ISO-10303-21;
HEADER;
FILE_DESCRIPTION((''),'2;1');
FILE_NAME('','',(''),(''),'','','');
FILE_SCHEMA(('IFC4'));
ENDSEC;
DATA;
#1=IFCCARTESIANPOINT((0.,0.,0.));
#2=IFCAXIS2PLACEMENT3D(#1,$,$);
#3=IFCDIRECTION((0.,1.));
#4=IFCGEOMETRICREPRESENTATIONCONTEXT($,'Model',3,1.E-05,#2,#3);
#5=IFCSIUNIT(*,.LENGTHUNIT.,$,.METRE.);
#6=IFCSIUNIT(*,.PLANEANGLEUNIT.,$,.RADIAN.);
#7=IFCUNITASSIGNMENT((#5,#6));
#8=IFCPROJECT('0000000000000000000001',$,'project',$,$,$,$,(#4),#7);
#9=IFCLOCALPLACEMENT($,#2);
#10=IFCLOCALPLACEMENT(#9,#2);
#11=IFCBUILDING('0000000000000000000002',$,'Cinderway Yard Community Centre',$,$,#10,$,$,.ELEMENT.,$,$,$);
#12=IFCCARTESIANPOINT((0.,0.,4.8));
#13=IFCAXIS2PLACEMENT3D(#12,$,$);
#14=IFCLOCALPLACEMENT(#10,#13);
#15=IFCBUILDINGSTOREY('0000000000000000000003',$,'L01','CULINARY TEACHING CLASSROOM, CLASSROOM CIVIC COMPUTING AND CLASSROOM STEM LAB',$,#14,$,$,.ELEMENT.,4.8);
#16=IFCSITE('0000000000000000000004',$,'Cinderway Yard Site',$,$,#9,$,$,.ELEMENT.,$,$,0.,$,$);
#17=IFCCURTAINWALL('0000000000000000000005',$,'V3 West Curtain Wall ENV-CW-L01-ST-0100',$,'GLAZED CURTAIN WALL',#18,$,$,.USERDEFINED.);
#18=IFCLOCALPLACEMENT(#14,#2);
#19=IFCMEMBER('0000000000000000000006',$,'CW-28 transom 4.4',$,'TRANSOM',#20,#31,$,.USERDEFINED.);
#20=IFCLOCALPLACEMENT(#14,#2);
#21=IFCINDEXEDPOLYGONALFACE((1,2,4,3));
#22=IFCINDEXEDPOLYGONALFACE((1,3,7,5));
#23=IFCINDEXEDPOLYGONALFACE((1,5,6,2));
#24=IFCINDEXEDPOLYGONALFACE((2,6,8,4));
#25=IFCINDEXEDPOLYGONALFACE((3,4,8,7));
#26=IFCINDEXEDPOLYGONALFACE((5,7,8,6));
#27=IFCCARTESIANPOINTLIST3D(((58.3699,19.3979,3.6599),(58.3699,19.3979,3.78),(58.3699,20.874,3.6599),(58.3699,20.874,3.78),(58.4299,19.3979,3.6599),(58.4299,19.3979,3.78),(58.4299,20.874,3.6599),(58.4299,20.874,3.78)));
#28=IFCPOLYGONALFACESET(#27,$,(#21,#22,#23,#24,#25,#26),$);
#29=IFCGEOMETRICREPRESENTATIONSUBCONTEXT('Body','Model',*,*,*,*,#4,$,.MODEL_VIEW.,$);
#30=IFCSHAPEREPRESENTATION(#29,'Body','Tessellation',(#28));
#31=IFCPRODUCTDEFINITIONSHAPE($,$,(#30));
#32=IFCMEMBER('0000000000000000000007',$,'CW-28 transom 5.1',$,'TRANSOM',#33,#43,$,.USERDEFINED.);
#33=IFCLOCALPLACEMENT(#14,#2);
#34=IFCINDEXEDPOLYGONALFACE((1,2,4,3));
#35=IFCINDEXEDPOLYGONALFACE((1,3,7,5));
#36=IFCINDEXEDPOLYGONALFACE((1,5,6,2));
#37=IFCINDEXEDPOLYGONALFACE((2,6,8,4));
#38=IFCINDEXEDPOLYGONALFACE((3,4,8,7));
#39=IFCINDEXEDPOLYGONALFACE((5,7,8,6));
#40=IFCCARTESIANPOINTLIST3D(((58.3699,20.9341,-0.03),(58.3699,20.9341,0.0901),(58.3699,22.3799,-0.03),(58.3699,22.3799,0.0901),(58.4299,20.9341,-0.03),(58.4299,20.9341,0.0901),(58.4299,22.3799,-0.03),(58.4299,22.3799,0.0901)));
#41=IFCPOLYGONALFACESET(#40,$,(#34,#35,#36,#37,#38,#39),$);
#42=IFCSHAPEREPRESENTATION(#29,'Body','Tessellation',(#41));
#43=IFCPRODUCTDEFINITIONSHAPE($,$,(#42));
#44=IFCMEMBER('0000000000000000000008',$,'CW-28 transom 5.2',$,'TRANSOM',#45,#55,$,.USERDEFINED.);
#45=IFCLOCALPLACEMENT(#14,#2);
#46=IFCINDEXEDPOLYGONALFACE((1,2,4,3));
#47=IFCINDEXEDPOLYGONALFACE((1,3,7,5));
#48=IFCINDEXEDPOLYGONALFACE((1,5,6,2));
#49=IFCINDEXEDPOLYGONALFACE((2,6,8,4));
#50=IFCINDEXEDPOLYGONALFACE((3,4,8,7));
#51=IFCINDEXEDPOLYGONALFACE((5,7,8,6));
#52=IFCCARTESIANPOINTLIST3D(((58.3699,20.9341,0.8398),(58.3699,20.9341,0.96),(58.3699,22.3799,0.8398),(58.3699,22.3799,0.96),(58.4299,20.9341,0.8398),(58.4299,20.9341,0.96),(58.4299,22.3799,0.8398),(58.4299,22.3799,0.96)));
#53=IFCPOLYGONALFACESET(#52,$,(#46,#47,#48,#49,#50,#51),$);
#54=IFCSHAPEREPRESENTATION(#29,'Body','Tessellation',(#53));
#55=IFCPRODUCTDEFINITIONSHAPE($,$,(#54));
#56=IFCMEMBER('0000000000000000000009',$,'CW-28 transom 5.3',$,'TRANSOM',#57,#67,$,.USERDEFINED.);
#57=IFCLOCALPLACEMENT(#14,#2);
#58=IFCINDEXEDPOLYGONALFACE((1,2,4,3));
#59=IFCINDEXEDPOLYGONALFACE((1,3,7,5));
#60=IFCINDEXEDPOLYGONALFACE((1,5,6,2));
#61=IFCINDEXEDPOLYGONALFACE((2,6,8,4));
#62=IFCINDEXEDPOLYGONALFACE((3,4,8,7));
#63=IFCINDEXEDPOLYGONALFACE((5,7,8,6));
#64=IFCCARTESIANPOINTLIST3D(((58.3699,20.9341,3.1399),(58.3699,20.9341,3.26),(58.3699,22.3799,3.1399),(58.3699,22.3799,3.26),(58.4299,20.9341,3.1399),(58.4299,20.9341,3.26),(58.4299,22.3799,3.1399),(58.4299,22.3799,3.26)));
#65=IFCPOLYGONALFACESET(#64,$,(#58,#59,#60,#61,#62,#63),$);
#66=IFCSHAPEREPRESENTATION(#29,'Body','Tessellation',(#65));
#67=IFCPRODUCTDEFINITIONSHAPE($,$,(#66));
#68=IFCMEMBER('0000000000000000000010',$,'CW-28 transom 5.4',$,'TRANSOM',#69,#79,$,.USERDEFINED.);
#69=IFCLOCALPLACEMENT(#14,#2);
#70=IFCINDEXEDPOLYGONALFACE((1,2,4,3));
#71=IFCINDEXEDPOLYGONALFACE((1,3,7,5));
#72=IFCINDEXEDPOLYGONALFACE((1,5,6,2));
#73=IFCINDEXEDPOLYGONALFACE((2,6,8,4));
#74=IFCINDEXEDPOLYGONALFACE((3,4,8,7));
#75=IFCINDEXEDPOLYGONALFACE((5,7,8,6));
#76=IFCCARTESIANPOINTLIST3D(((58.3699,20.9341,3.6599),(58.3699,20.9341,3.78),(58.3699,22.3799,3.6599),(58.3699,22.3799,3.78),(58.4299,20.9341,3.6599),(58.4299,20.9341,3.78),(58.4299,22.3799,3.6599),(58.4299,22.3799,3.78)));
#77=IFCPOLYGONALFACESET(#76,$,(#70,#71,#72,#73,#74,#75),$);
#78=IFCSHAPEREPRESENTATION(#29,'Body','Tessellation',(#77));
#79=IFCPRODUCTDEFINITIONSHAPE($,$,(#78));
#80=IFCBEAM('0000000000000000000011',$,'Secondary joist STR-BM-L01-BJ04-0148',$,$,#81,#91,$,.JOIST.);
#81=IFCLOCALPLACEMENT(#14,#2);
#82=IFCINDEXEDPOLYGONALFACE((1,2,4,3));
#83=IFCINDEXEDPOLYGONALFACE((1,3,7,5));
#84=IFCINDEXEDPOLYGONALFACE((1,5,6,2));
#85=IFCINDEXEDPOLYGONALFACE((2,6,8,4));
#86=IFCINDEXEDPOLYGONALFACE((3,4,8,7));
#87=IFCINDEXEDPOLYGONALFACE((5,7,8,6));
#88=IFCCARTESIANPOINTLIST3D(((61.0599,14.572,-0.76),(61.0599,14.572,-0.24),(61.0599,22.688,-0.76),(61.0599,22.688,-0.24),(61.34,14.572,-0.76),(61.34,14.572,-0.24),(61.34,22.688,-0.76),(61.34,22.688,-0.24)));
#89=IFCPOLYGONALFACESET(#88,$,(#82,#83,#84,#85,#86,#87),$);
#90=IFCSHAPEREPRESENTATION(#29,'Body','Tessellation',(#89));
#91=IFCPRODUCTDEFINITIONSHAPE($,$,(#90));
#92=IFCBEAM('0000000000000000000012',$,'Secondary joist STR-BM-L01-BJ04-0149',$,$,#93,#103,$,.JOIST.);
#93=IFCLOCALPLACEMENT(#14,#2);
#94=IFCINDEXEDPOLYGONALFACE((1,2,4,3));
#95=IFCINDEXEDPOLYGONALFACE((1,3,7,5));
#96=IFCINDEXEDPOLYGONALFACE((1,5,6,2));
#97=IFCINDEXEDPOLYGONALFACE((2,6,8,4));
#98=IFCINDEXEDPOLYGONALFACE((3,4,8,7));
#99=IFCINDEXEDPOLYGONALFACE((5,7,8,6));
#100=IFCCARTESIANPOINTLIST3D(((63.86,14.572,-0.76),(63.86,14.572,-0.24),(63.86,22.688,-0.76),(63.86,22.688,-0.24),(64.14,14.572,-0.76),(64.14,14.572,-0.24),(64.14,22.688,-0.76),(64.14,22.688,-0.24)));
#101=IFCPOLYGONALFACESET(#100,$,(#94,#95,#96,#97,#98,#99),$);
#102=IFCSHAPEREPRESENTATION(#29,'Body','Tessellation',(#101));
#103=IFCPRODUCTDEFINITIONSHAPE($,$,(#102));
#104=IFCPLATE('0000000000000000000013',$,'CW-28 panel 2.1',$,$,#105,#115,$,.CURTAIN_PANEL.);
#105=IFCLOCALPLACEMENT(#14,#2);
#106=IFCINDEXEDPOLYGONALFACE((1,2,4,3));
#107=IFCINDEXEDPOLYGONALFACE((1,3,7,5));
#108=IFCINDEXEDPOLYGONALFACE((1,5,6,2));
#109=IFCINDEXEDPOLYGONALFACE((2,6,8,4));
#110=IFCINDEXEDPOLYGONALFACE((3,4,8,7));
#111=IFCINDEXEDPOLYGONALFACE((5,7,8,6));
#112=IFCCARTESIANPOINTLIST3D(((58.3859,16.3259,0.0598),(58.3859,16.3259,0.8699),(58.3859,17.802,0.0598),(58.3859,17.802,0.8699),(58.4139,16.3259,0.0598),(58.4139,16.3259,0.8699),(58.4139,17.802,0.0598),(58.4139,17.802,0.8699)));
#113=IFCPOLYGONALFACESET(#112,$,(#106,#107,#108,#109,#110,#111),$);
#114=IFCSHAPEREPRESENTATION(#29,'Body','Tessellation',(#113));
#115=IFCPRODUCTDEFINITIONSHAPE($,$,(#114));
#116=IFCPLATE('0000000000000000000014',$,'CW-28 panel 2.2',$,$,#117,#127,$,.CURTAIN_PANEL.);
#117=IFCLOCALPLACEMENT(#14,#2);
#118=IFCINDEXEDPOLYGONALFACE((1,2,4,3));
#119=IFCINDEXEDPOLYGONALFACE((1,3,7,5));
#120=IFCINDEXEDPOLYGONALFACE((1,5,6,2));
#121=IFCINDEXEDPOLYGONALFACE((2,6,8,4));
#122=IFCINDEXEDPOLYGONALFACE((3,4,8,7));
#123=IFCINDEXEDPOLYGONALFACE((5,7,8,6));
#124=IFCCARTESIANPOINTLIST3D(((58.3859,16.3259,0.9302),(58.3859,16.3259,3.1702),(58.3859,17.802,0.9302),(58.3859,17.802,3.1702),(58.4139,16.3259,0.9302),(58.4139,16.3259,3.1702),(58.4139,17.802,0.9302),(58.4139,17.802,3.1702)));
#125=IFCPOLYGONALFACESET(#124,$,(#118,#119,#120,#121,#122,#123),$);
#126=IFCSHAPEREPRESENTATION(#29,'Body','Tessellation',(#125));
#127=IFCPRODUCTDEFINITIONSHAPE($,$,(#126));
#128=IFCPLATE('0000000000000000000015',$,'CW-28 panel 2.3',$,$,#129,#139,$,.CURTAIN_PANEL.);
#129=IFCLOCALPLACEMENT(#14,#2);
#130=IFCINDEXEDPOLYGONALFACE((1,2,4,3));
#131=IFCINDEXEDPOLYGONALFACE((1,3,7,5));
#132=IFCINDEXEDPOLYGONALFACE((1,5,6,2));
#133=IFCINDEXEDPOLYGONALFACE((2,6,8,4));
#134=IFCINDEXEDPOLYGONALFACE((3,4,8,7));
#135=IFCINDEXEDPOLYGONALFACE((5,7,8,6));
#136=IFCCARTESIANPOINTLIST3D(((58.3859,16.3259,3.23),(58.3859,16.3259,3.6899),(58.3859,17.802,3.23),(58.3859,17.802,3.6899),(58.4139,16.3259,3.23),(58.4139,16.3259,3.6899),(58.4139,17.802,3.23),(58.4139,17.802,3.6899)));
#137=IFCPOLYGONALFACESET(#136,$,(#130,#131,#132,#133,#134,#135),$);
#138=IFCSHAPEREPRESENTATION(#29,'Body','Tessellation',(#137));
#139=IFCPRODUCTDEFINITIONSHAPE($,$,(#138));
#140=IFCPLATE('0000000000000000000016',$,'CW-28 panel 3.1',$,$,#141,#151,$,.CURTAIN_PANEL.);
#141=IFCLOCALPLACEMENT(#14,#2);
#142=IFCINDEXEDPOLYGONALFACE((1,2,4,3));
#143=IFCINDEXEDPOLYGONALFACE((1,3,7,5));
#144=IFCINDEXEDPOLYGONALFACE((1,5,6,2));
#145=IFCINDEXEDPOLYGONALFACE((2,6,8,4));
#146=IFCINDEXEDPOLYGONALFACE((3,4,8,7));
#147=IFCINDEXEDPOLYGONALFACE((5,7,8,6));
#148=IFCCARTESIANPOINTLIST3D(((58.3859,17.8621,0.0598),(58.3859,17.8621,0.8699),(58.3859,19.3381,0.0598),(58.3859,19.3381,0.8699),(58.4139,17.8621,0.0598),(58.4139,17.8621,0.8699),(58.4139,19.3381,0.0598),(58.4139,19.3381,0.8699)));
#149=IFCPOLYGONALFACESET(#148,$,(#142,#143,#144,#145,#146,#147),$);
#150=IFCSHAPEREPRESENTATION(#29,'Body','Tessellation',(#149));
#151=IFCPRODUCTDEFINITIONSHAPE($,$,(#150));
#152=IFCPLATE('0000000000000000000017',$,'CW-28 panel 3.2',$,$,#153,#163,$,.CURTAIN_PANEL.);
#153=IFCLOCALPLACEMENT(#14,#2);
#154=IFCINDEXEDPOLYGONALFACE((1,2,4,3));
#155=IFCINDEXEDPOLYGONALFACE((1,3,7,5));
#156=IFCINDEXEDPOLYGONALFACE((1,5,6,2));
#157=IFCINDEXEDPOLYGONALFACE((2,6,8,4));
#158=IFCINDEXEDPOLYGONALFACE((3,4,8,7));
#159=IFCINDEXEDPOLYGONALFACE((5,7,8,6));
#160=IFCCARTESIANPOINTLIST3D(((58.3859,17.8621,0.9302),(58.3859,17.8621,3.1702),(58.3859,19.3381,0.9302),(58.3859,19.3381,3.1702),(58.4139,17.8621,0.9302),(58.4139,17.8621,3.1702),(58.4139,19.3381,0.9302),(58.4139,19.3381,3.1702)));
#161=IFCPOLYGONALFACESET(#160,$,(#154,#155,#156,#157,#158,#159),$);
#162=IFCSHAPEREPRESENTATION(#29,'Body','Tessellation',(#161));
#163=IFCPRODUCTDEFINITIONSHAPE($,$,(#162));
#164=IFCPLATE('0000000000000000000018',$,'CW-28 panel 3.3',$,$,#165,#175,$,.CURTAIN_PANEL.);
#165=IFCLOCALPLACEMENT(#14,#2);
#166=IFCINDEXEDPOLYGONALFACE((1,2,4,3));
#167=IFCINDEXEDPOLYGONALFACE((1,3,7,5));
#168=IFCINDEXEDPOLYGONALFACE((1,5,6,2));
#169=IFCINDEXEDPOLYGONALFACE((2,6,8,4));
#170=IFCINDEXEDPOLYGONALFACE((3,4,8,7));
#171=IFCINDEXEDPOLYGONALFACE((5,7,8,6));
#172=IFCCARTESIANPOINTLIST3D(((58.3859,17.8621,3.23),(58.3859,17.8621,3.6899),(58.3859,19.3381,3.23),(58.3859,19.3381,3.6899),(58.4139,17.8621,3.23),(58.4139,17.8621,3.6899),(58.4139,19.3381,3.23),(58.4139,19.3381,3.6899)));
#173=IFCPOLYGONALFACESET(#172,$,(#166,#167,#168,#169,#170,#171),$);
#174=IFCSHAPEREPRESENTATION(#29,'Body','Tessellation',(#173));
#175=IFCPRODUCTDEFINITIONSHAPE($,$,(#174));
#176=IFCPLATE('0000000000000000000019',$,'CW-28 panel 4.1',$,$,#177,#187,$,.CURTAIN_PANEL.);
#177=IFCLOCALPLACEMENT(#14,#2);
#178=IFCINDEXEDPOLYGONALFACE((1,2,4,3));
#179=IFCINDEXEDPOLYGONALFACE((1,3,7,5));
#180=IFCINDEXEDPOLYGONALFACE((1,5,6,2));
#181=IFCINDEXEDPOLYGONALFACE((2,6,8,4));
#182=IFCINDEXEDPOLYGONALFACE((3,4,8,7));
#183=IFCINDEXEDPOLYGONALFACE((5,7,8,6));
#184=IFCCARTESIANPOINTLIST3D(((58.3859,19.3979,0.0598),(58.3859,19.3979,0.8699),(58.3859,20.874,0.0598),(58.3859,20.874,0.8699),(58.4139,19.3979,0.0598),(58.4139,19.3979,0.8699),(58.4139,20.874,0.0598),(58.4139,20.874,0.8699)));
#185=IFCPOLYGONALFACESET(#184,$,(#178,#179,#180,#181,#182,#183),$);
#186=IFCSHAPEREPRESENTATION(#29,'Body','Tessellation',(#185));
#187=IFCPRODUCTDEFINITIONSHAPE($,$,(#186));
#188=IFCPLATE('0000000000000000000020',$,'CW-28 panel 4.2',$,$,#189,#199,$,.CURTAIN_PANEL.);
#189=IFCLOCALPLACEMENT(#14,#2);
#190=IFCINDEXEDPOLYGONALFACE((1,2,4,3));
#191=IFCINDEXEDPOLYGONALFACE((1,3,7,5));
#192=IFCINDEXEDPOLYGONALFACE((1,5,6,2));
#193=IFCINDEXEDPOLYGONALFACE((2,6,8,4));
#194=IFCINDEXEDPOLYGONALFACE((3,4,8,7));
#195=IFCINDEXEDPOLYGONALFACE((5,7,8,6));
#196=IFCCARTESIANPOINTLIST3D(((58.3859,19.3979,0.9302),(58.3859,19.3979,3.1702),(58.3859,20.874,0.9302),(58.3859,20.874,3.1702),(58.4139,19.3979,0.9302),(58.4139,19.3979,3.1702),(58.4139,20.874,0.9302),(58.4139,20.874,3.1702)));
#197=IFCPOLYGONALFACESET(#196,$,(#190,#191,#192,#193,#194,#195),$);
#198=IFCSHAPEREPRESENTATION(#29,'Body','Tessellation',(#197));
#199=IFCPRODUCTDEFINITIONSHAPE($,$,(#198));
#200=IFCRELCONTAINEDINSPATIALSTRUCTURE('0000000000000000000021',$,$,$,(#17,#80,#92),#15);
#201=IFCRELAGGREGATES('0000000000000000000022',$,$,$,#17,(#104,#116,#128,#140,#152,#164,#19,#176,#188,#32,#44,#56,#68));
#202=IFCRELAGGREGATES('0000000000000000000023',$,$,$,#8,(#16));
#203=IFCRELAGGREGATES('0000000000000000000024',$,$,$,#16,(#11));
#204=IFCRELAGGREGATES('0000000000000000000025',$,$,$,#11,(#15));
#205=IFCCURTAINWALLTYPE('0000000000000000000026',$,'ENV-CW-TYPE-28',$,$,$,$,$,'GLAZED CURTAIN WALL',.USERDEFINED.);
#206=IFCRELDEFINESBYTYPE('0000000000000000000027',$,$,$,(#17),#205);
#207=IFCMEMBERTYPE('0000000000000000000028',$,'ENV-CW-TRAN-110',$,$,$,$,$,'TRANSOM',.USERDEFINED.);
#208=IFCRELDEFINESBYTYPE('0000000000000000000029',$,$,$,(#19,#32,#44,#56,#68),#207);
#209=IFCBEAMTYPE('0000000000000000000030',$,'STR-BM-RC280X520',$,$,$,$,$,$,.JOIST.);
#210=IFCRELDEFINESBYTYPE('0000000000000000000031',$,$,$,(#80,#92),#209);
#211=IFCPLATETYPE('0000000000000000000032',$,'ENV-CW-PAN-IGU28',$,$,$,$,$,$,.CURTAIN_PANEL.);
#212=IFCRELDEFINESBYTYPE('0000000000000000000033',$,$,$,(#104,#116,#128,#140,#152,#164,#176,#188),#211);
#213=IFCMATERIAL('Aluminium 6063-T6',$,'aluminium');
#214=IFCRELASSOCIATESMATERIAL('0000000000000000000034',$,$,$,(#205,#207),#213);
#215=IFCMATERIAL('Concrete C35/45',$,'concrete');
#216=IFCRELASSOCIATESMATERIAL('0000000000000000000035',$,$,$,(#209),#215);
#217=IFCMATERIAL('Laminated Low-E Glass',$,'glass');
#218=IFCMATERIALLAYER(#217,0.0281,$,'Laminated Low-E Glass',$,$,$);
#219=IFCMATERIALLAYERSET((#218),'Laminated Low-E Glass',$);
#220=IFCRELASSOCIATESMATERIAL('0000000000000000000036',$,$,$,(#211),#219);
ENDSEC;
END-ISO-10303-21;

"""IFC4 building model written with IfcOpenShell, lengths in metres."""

from ifc_helpers import new_model, si_unit, direction, frame, origin, origin_2d, place, context, subcontext, project, spatial, rectangle, extrude, material, layer, layer_set, material_profile, profile_set, type_object, element, aggregate, save


model = new_model("IFC4")

# Units and contexts
model_context = context("Model", 3, precision=1e-05, world=origin(), true_north=direction((0.0, 1.0)))
body_context = subcontext(model_context, "Body", "Model", "MODEL_VIEW")
ifc_project = project(units=[si_unit("LENGTHUNIT", "METRE"), si_unit("PLANEANGLEUNIT", "RADIAN")], contexts=[model_context])

# Site, building, storey
site_placement = place(None, origin())
site = spatial("IfcSite", under=ifc_project, at=site_placement, Name="Cinderway Yard Site", CompositionType="ELEMENT", RefElevation=0.0)
building_placement = place(site_placement, origin())
building = spatial("IfcBuilding", under=site, at=building_placement, Name="Cinderway Yard Community Centre", CompositionType="ELEMENT")
storey_placement = place(building_placement, frame((0.0, 0.0, 4.8)))
storey = spatial("IfcBuildingStorey", under=building, at=storey_placement, Name="L01", Description="CULINARY TEACHING CLASSROOM, CLASSROOM CIVIC COMPUTING AND CLASSROOM STEM LAB", CompositionType="ELEMENT", Elevation=4.8)

# Curtain wall, members
ifc_material_1 = material(Name="Aluminium 6063-T6", Category="aluminium")
curtain_wall_type = type_object("IfcCurtainWallType", Name="ENV-CW-TYPE-28", ElementType="GLAZED CURTAIN WALL", PredefinedType="USERDEFINED", material=ifc_material_1)
curtain_wall_placement = place(storey_placement, origin())
curtain_wall = element("IfcCurtainWall", 1, at=curtain_wall_placement, inside=storey, type_object=curtain_wall_type, Name="V3 West Curtain Wall ENV-CW-L01-ST-0100", ObjectType="GLAZED CURTAIN WALL", PredefinedType="USERDEFINED")
ifc_material_profile_1 = material_profile(ifc_material_1, rectangle(XDim=0.0601, YDim=0.1201, at=origin_2d()), Name="Aluminium 6063-T6")
ifc_profile_set_1 = profile_set([ifc_material_profile_1], Name="Aluminium 6063-T6")
member_type_1 = type_object("IfcMemberType", Name="ENV-CW-TRAN-110", ElementType="TRANSOM", PredefinedType="USERDEFINED", material=ifc_profile_set_1)
member_1_placement = place(storey_placement, frame((58.3999, 19.3979, 3.72), z_axis=(0.0, 1.0, 0.0), x_axis=(-1.0, 0.0, 0.0)))
member_1 = element("IfcMember", 2, at=member_1_placement, type_object=member_type_1, Name="CW-28 transom 4.4", ObjectType="TRANSOM", PredefinedType="USERDEFINED", context=body_context, shape_type="SweptSolid", body=[
    extrude(rectangle(XDim=0.0601, YDim=0.1201, at=origin_2d()), origin(), (0.0, 0.0, 1.0), 1.4761),
])
member_2_placement = place(storey_placement, frame((58.3999, 20.9341, 0.03), z_axis=(0.0, 1.0, 0.0), x_axis=(-1.0, 0.0, 0.0)))
member_2 = element("IfcMember", 3, at=member_2_placement, type_object=member_type_1, Name="CW-28 transom 5.1", ObjectType="TRANSOM", PredefinedType="USERDEFINED", context=body_context, shape_type="SweptSolid", body=[
    extrude(rectangle(XDim=0.0601, YDim=0.1201, at=origin_2d()), origin(), (0.0, 0.0, 1.0), 1.4458),
])
member_3_placement = place(storey_placement, frame((58.3999, 20.9341, 0.8999), z_axis=(0.0, 1.0, 0.0), x_axis=(-1.0, 0.0, 0.0)))
member_3 = element("IfcMember", 4, at=member_3_placement, type_object=member_type_1, Name="CW-28 transom 5.2", ObjectType="TRANSOM", PredefinedType="USERDEFINED", context=body_context, shape_type="SweptSolid", body=[
    extrude(rectangle(XDim=0.0601, YDim=0.1201, at=origin_2d()), origin(), (0.0, 0.0, 1.0), 1.4458),
])
member_4_placement = place(storey_placement, frame((58.3999, 20.9341, 3.2), z_axis=(0.0, 1.0, 0.0), x_axis=(-1.0, 0.0, 0.0)))
member_4 = element("IfcMember", 5, at=member_4_placement, type_object=member_type_1, Name="CW-28 transom 5.3", ObjectType="TRANSOM", PredefinedType="USERDEFINED", context=body_context, shape_type="SweptSolid", body=[
    extrude(rectangle(XDim=0.0601, YDim=0.1201, at=origin_2d()), origin(), (0.0, 0.0, 1.0), 1.4458),
])
member_5_placement = place(storey_placement, frame((58.3999, 20.9341, 3.72), z_axis=(0.0, 1.0, 0.0), x_axis=(-1.0, 0.0, 0.0)))
member_5 = element("IfcMember", 6, at=member_5_placement, type_object=member_type_1, Name="CW-28 transom 5.4", ObjectType="TRANSOM", PredefinedType="USERDEFINED", context=body_context, shape_type="SweptSolid", body=[
    extrude(rectangle(XDim=0.0601, YDim=0.1201, at=origin_2d()), origin(), (0.0, 0.0, 1.0), 1.4458),
])

# Beams
ifc_material_2 = material(Name="Concrete C35/45", Category="concrete")
ifc_material_profile_2 = material_profile(ifc_material_2, rectangle(XDim=0.28, YDim=0.52, at=origin_2d()), Name="Concrete C35/45")
ifc_profile_set_2 = profile_set([ifc_material_profile_2], Name="Concrete C35/45")
beam_type = type_object("IfcBeamType", Name="STR-BM-RC280X520", PredefinedType="JOIST", material=ifc_profile_set_2)
for number, where, z_axis, x_axis, name in (
    (7, (61.2, 14.572, -0.5), (0.0, 1.0, 0.0), (-1.0, 0.0, 0.0), "Secondary joist STR-BM-L01-BJ04-0148"),
    (8, (64.0, 14.572, -0.5), (0.0, 1.0, 0.0), (-1.0, 0.0, 0.0), "Secondary joist STR-BM-L01-BJ04-0149"),
):
    element("IfcBeam", number, at=place(storey_placement, frame(where, z_axis=z_axis, x_axis=x_axis)), inside=storey, type_object=beam_type, Name=name, PredefinedType="JOIST", context=body_context, shape_type="SweptSolid", body=[
        extrude(rectangle(XDim=0.28, YDim=0.52, at=origin_2d()), origin(), (0.0, 0.0, 1.0), 8.116),
    ])

# Plates
ifc_material_3 = material(Name="Laminated Low-E Glass", Category="glass")
ifc_layer = layer(ifc_material_3, 0.0281, Name="Laminated Low-E Glass")
ifc_layer_set = layer_set([ifc_layer], Name="Laminated Low-E Glass")
plate_type = type_object("IfcPlateType", Name="ENV-CW-PAN-IGU28", PredefinedType="CURTAIN_PANEL", material=ifc_layer_set)
plate_1_placement = place(storey_placement, frame((58.3999, 17.064, 0.0598), z_axis=(0.0, 0.0, 1.0), x_axis=(0.0, 1.0, 0.0)))
plate_1 = element("IfcPlate", 9, at=plate_1_placement, type_object=plate_type, Name="CW-28 panel 2.1", PredefinedType="CURTAIN_PANEL", context=body_context, shape_type="SweptSolid", body=[
    extrude(rectangle(XDim=1.4761, YDim=0.0281, at=origin_2d()), origin(), (0.0, 0.0, 1.0), 0.8101),
])
plate_2_placement = place(storey_placement, frame((58.3999, 17.064, 0.9302), z_axis=(0.0, 0.0, 1.0), x_axis=(0.0, 1.0, 0.0)))
plate_2 = element("IfcPlate", 10, at=plate_2_placement, type_object=plate_type, Name="CW-28 panel 2.2", PredefinedType="CURTAIN_PANEL", context=body_context, shape_type="SweptSolid", body=[
    extrude(rectangle(XDim=1.4761, YDim=0.0281, at=origin_2d()), origin(), (0.0, 0.0, 1.0), 2.24),
])
plate_3_placement = place(storey_placement, frame((58.3999, 17.064, 3.23), z_axis=(0.0, 0.0, 1.0), x_axis=(0.0, 1.0, 0.0)))
plate_3 = element("IfcPlate", 11, at=plate_3_placement, type_object=plate_type, Name="CW-28 panel 2.3", PredefinedType="CURTAIN_PANEL", context=body_context, shape_type="SweptSolid", body=[
    extrude(rectangle(XDim=1.4761, YDim=0.0281, at=origin_2d()), origin(), (0.0, 0.0, 1.0), 0.46),
])
plate_4_placement = place(storey_placement, frame((58.3999, 18.6001, 0.0598), z_axis=(0.0, 0.0, 1.0), x_axis=(0.0, 1.0, 0.0)))
plate_4 = element("IfcPlate", 12, at=plate_4_placement, type_object=plate_type, Name="CW-28 panel 3.1", PredefinedType="CURTAIN_PANEL", context=body_context, shape_type="SweptSolid", body=[
    extrude(rectangle(XDim=1.4761, YDim=0.0281, at=origin_2d()), origin(), (0.0, 0.0, 1.0), 0.8101),
])
plate_5_placement = place(storey_placement, frame((58.3999, 18.6001, 0.9302), z_axis=(0.0, 0.0, 1.0), x_axis=(0.0, 1.0, 0.0)))
plate_5 = element("IfcPlate", 13, at=plate_5_placement, type_object=plate_type, Name="CW-28 panel 3.2", PredefinedType="CURTAIN_PANEL", context=body_context, shape_type="SweptSolid", body=[
    extrude(rectangle(XDim=1.4761, YDim=0.0281, at=origin_2d()), origin(), (0.0, 0.0, 1.0), 2.24),
])
plate_6_placement = place(storey_placement, frame((58.3999, 18.6001, 3.23), z_axis=(0.0, 0.0, 1.0), x_axis=(0.0, 1.0, 0.0)))
plate_6 = element("IfcPlate", 14, at=plate_6_placement, type_object=plate_type, Name="CW-28 panel 3.3", PredefinedType="CURTAIN_PANEL", context=body_context, shape_type="SweptSolid", body=[
    extrude(rectangle(XDim=1.4761, YDim=0.0281, at=origin_2d()), origin(), (0.0, 0.0, 1.0), 0.46),
])
plate_7_placement = place(storey_placement, frame((58.3999, 20.136, 0.0598), z_axis=(0.0, 0.0, 1.0), x_axis=(0.0, 1.0, 0.0)))
plate_7 = element("IfcPlate", 15, at=plate_7_placement, type_object=plate_type, Name="CW-28 panel 4.1", PredefinedType="CURTAIN_PANEL", context=body_context, shape_type="SweptSolid", body=[
    extrude(rectangle(XDim=1.4761, YDim=0.0281, at=origin_2d()), origin(), (0.0, 0.0, 1.0), 0.8101),
])
plate_8_placement = place(storey_placement, frame((58.3999, 20.136, 0.9302), z_axis=(0.0, 0.0, 1.0), x_axis=(0.0, 1.0, 0.0)))
plate_8 = element("IfcPlate", 16, at=plate_8_placement, type_object=plate_type, Name="CW-28 panel 4.2", PredefinedType="CURTAIN_PANEL", context=body_context, shape_type="SweptSolid", body=[
    extrude(rectangle(XDim=1.4761, YDim=0.0281, at=origin_2d()), origin(), (0.0, 0.0, 1.0), 2.24),
])
aggregate(curtain_wall, [plate_1, plate_2, plate_3, plate_4, plate_5, plate_6, member_1, plate_7, plate_8, member_2, member_3, member_4, member_5])

save(model, "model.ifc")
